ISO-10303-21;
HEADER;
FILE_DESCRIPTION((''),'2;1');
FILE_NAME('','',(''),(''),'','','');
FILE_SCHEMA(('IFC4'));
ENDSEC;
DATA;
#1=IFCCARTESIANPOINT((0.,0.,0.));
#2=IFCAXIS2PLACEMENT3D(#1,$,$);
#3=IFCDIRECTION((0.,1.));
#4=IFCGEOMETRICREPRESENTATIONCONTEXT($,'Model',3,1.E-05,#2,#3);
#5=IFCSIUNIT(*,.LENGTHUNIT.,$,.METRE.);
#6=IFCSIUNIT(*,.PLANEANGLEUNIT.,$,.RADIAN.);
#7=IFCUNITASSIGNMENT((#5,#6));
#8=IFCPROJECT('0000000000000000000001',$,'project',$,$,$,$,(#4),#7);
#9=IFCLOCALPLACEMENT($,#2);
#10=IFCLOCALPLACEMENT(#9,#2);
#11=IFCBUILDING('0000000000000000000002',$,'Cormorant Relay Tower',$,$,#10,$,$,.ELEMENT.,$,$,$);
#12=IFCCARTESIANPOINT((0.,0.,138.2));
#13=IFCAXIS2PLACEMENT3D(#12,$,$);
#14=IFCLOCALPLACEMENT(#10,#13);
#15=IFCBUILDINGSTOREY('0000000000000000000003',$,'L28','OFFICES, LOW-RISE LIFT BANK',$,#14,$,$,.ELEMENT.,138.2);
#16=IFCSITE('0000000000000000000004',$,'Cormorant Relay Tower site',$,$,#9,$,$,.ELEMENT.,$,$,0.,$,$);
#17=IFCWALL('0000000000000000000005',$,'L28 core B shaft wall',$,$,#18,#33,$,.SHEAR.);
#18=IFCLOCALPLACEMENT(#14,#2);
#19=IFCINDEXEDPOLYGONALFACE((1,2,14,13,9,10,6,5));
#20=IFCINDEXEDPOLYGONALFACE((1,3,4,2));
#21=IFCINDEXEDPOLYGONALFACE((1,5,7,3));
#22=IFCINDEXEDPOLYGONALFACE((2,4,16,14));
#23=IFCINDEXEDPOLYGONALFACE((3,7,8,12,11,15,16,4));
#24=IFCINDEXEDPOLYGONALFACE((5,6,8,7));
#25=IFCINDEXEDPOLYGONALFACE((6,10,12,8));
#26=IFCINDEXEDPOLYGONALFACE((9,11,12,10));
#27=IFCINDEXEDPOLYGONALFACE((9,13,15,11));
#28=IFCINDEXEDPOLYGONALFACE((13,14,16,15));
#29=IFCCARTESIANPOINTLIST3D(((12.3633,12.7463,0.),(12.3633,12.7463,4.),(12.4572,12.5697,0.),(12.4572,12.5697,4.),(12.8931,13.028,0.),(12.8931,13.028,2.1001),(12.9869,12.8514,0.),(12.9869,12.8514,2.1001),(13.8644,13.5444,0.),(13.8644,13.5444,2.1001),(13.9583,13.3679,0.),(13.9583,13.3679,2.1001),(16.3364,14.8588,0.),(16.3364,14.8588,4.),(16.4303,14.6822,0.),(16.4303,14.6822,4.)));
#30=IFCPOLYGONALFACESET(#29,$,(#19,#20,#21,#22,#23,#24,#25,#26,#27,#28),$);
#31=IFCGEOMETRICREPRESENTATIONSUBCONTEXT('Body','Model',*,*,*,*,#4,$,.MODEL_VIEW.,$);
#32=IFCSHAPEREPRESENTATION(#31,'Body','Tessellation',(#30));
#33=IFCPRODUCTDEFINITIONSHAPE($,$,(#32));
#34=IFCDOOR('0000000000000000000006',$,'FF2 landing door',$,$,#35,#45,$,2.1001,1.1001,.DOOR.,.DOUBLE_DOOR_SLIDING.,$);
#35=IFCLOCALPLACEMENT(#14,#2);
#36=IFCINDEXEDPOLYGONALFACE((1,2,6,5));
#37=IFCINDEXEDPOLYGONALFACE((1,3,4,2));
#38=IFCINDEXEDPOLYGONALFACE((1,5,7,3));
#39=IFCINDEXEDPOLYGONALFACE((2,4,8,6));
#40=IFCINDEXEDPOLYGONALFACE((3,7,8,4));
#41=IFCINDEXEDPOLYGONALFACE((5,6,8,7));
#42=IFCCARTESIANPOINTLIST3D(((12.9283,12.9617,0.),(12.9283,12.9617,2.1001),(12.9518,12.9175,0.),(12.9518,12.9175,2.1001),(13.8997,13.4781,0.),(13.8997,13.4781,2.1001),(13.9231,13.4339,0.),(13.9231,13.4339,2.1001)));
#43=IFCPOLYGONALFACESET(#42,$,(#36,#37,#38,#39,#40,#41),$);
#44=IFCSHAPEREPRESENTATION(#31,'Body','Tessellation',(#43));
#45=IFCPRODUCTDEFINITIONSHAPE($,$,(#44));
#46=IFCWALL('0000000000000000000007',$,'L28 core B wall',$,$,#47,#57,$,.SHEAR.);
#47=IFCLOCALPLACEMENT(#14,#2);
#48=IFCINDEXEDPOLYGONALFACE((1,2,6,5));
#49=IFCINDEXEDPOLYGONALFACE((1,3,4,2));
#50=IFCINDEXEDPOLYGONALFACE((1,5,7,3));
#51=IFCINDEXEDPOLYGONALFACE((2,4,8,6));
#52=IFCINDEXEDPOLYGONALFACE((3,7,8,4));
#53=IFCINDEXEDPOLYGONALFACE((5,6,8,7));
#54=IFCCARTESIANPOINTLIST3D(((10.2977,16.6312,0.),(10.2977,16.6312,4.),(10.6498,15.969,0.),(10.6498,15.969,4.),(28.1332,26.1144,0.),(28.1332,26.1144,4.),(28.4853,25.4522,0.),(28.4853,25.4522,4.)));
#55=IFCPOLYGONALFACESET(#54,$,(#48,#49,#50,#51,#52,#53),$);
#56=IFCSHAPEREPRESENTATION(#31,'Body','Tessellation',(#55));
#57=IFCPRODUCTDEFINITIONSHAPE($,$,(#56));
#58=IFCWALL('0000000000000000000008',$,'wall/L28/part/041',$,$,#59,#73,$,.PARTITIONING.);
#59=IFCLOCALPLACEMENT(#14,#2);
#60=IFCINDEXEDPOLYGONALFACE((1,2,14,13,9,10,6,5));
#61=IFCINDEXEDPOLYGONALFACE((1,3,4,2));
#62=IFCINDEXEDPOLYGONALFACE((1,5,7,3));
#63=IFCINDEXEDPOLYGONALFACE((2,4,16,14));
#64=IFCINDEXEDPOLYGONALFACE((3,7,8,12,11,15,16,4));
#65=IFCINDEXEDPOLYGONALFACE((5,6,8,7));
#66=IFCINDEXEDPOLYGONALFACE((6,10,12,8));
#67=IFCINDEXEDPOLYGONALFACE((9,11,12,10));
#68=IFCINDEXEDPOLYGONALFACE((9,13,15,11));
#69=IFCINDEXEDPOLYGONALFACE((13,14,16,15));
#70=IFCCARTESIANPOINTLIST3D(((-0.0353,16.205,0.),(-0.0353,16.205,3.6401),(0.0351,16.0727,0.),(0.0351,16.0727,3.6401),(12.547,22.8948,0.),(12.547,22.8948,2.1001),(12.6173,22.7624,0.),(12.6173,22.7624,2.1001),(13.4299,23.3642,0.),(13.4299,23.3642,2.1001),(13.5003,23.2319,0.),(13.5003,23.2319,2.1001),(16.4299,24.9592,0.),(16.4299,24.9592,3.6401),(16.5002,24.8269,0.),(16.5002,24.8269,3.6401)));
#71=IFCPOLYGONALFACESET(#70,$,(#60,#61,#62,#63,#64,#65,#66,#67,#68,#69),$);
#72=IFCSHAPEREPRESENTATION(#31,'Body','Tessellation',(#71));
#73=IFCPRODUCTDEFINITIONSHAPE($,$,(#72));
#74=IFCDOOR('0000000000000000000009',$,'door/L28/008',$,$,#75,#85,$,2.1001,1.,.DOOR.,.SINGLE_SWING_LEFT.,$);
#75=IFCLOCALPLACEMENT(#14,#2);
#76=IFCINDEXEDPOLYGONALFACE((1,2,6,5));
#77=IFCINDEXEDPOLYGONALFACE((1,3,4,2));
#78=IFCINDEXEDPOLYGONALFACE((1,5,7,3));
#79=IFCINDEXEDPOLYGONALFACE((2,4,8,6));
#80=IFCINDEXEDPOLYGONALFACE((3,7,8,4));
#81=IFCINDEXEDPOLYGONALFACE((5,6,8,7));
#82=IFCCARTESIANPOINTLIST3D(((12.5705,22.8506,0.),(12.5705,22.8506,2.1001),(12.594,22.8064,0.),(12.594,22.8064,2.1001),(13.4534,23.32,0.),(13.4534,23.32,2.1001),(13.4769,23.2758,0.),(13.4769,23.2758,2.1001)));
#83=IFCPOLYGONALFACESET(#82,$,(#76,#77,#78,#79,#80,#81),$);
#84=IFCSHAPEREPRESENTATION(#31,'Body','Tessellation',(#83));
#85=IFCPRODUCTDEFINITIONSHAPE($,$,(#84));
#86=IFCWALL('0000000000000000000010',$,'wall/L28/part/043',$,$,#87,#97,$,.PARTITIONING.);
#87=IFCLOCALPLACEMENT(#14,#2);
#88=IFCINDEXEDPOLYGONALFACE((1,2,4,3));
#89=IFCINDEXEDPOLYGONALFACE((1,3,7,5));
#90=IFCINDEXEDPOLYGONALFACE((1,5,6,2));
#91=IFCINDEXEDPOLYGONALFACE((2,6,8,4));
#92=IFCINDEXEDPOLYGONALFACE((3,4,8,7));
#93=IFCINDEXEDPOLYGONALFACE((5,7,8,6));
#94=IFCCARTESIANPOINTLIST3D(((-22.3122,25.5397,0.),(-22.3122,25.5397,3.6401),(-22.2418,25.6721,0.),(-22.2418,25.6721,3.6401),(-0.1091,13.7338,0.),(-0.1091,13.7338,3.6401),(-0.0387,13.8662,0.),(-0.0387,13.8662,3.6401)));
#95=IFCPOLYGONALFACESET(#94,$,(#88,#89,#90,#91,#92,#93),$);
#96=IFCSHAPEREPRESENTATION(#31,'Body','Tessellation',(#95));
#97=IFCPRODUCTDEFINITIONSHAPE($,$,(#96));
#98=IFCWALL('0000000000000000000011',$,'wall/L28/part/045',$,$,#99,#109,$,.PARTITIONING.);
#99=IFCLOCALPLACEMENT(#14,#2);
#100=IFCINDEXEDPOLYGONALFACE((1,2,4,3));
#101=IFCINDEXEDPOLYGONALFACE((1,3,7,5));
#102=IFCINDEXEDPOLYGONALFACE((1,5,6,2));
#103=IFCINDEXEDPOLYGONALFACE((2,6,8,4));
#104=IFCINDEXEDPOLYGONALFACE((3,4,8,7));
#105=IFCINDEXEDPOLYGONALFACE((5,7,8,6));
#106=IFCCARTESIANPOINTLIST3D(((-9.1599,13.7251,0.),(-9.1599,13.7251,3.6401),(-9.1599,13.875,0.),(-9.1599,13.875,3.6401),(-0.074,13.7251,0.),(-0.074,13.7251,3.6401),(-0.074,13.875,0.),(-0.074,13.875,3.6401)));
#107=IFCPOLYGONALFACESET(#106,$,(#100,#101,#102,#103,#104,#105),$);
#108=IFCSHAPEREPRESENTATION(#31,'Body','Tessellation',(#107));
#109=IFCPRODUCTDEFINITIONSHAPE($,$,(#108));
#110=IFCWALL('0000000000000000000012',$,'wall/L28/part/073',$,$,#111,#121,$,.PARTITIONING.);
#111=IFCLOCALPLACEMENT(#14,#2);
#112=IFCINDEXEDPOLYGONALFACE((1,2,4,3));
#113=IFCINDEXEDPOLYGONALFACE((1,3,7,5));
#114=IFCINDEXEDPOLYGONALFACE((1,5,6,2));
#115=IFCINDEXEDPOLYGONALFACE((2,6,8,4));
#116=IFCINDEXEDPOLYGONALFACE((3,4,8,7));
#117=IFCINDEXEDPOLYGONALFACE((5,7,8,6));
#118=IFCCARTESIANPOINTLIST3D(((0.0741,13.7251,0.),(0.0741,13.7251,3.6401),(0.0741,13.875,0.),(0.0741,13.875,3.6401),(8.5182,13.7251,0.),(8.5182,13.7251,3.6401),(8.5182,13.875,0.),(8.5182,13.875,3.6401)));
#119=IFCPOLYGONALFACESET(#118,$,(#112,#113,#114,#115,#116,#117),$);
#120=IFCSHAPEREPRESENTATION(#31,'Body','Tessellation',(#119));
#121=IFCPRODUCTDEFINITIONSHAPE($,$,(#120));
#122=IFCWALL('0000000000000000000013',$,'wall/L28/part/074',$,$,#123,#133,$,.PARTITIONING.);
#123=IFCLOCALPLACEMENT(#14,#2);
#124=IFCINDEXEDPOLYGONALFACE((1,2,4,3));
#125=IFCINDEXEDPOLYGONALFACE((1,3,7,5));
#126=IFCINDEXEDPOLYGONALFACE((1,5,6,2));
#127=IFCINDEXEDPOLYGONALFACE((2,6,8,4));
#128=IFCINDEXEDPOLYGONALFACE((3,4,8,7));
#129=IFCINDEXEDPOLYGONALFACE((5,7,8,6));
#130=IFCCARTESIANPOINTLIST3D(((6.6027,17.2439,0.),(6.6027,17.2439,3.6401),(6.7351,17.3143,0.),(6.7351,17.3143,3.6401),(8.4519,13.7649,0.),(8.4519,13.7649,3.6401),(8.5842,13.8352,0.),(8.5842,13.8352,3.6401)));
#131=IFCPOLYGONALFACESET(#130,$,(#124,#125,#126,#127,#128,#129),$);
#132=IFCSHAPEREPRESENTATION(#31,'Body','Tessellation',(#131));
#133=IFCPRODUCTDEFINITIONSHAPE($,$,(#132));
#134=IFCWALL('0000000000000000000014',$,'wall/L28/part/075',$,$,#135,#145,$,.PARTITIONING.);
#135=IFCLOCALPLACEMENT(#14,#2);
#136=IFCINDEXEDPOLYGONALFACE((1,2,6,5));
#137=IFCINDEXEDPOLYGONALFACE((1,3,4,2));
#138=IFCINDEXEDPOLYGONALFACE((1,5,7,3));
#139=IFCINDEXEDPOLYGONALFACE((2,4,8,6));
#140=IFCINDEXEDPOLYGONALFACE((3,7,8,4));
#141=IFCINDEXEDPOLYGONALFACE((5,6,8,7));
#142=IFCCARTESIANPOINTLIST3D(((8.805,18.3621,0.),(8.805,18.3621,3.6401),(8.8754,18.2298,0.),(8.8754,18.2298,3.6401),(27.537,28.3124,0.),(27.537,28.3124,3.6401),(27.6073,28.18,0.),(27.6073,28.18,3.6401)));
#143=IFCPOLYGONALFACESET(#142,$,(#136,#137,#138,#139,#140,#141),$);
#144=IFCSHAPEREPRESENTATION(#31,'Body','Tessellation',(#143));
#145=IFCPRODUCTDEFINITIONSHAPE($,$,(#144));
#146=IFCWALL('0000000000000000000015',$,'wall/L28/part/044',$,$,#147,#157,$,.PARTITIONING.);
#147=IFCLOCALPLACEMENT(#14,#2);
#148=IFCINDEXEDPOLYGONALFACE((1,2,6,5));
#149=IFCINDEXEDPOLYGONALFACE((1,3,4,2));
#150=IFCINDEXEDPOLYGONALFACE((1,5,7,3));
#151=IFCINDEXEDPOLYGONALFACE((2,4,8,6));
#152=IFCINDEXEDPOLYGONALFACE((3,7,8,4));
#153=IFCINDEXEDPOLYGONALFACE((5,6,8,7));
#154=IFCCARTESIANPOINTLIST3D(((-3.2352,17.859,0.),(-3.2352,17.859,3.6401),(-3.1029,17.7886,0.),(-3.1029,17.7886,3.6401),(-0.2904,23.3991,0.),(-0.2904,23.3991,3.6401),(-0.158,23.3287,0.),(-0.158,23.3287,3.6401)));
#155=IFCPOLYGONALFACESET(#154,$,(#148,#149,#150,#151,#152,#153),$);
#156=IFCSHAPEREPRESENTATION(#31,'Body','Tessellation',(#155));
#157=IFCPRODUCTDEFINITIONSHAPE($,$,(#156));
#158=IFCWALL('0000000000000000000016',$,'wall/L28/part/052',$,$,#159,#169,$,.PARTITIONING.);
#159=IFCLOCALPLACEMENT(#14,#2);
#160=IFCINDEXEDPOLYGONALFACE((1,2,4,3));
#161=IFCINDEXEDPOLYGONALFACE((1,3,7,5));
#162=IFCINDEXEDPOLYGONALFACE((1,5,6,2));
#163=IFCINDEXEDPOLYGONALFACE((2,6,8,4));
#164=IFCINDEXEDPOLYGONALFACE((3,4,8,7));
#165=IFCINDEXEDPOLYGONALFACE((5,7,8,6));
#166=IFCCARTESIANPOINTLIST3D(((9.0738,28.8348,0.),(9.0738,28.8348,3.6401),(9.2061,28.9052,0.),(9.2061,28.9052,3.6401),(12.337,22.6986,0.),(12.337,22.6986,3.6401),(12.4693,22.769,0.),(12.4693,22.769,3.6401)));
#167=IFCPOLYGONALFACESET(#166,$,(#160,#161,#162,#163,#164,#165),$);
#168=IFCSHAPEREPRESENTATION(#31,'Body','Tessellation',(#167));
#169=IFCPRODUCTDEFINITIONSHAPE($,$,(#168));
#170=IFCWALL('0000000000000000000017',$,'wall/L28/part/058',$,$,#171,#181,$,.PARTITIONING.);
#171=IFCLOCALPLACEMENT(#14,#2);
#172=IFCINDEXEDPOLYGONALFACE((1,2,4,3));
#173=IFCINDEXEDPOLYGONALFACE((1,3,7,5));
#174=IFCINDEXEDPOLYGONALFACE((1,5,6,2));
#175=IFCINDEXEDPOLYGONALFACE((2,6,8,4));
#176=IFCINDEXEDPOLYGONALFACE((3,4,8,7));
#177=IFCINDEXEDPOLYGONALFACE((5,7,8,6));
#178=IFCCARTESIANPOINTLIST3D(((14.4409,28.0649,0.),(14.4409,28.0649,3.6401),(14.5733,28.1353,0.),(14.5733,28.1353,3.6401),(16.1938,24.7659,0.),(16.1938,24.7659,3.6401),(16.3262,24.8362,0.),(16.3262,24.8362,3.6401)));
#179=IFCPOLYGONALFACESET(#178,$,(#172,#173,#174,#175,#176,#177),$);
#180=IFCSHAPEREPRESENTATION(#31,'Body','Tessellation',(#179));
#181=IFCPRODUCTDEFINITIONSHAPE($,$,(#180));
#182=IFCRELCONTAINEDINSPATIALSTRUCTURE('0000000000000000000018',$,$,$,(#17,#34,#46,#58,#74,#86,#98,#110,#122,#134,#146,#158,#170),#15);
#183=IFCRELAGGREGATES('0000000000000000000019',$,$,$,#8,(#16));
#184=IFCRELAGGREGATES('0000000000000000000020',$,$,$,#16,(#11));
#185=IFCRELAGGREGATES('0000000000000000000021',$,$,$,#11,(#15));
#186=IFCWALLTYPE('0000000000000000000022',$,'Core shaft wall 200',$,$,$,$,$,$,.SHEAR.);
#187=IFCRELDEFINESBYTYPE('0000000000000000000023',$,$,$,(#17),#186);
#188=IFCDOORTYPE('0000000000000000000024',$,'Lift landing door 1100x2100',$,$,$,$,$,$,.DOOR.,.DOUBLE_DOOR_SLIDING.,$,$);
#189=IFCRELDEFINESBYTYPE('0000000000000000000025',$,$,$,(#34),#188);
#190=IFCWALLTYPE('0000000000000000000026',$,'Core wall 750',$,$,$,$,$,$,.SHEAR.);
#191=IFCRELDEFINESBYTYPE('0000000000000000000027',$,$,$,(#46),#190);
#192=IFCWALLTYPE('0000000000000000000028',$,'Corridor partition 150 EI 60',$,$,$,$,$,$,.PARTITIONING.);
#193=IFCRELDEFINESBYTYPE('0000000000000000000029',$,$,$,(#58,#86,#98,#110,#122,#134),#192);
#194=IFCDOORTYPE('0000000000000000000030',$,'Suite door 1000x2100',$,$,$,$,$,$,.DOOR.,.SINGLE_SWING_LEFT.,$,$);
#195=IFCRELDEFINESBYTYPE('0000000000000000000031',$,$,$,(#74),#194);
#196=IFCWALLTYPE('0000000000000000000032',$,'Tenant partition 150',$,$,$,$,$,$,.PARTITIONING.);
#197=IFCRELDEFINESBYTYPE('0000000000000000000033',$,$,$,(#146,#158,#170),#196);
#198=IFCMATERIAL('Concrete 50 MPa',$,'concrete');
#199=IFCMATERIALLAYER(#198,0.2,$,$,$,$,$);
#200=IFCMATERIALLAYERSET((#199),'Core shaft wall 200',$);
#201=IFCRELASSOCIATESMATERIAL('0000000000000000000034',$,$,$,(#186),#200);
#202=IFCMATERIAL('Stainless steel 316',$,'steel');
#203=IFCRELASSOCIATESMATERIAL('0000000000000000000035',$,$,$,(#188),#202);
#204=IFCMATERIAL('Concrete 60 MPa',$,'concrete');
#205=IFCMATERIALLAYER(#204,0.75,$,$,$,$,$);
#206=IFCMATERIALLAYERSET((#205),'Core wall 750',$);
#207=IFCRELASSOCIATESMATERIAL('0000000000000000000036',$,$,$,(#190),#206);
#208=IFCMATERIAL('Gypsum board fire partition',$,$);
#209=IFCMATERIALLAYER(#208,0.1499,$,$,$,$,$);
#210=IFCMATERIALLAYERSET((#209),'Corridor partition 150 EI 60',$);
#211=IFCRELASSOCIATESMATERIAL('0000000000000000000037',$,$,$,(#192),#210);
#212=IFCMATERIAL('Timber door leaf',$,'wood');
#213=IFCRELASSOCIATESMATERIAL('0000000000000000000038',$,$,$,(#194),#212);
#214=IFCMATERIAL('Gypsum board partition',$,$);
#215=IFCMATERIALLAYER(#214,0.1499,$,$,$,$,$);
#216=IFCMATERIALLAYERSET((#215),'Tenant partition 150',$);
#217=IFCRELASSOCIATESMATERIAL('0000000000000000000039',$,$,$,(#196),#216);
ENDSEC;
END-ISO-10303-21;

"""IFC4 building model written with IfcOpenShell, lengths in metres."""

from ifc_helpers import new_model, si_unit, direction, frame, frame_2d, origin, place, context, subcontext, project, spatial, rectangle, extrude, material, layer, layer_set, type_object, element, fill, save


model = new_model("IFC4")

# Units and contexts
model_context = context("Model", 3, precision=1e-05, world=origin(), true_north=direction((0.0, 1.0)))
body_context = subcontext(model_context, "Body", "Model", "MODEL_VIEW")
ifc_project = project(units=[si_unit("LENGTHUNIT", "METRE"), si_unit("PLANEANGLEUNIT", "RADIAN")], contexts=[model_context])

# Site, building, storey
site_placement = place(None, origin())
site = spatial("IfcSite", under=ifc_project, at=site_placement, Name="Cormorant Relay Tower site", CompositionType="ELEMENT", RefElevation=0.0)
building_placement = place(site_placement, origin())
building = spatial("IfcBuilding", under=site, at=building_placement, Name="Cormorant Relay Tower", CompositionType="ELEMENT")
storey_placement = place(building_placement, frame((0.0, 0.0, 138.2)))
storey = spatial("IfcBuildingStorey", under=building, at=storey_placement, Name="L28", Description="OFFICES, LOW-RISE LIFT BANK", CompositionType="ELEMENT", Elevation=138.2)

# Shared definitions
ifc_material_1 = material(Name="Concrete 50 MPa", Category="concrete")
ifc_layer_1 = layer(ifc_material_1, 0.2)
ifc_layer_set_1 = layer_set([ifc_layer_1], Name="Core shaft wall 200")
wall_type_1 = type_object("IfcWallType", Name="Core shaft wall 200", PredefinedType="SHEAR", material=ifc_layer_set_1)

# Wall, opening, door
wall_1_placement = place(storey_placement, frame((12.4102, 12.658, 0.0), z_axis=(0.0, 0.0, 1.0), x_axis=(0.882948, 0.46947, 0.0)))
wall_1 = element("IfcWall", 1, at=wall_1_placement, inside=storey, type_object=wall_type_1, Name="L28 core B shaft wall", PredefinedType="SHEAR", context=body_context, shape_type="SweptSolid", body=[
    extrude(rectangle(XDim=4.4998, YDim=0.2, at=frame_2d((2.25, 0.0))), origin(), (0.0, 0.0, 1.0), 4.0),
])
opening_1_placement = place(wall_1_placement, frame((0.6001, 0.0, 0.0)))
opening_1 = element("IfcOpeningElement", 2, at=opening_1_placement, cuts=wall_1, PredefinedType="OPENING", context=body_context, shape_type="SweptSolid", body=[
    extrude(rectangle(XDim=1.1001, YDim=2.1001, at=frame_2d((0.55, 1.05))), frame((0.0, 0.1099, 0.0), z_axis=(0.0, -1.0, 0.0), x_axis=(1.0, 0.0, 0.0)), (0.0, 0.0, 1.0), 0.22),
])
ifc_material_2 = material(Name="Stainless steel 316", Category="steel")
door_type_1 = type_object("IfcDoorType", Name="Lift landing door 1100x2100", OperationType="DOUBLE_DOOR_SLIDING", PredefinedType="DOOR", material=ifc_material_2)
door_1_placement = place(opening_1_placement, origin())
door_1 = element("IfcDoor", 3, at=door_1_placement, inside=storey, type_object=door_type_1, Name="FF2 landing door", OperationType="DOUBLE_DOOR_SLIDING", OverallHeight=2.1001, OverallWidth=1.1001, PredefinedType="DOOR", context=body_context, shape_type="SweptSolid", body=[
    extrude(rectangle(XDim=1.1001, YDim=2.1001, at=frame_2d((0.55, 1.05))), frame((0.0, 0.0249, 0.0), z_axis=(0.0, -1.0, 0.0), x_axis=(1.0, 0.0, 0.0)), (0.0, 0.0, 1.0), 0.05),
])
fill(opening_1, door_1)

# Wall
ifc_material_3 = material(Name="Concrete 60 MPa", Category="concrete")
ifc_layer_2 = layer(ifc_material_3, 0.75)
ifc_layer_set_2 = layer_set([ifc_layer_2], Name="Core wall 750")
wall_type_2 = type_object("IfcWallType", Name="Core wall 750", PredefinedType="SHEAR", material=ifc_layer_set_2)
wall_2_placement = place(storey_placement, frame((10.4736, 16.3, 0.0), z_axis=(0.0, 0.0, 1.0), x_axis=(0.88295, 0.469467, 0.0)))
element("IfcWall", 4, at=wall_2_placement, inside=storey, type_object=wall_type_2, Name="L28 core B wall", PredefinedType="SHEAR", context=body_context, shape_type="SweptSolid", body=[
    extrude(rectangle(XDim=20.2, YDim=0.75, at=frame_2d((10.1001, 0.0))), origin(), (0.0, 0.0, 1.0), 4.0),
])

# Wall, opening, door
ifc_material_4 = material(Name="Gypsum board fire partition")
ifc_layer_3 = layer(ifc_material_4, 0.1499)
ifc_layer_set_3 = layer_set([ifc_layer_3], Name="Corridor partition 150 EI 60")
wall_type_3 = type_object("IfcWallType", Name="Corridor partition 150 EI 60", PredefinedType="PARTITIONING", material=ifc_layer_set_3)
wall_3_placement = place(storey_placement, frame((0.0, 16.1389, 0.0), z_axis=(0.0, 0.0, 1.0), x_axis=(0.882959, 0.469451, 0.0)))
wall_3 = element("IfcWall", 5, at=wall_3_placement, inside=storey, type_object=wall_type_3, Name="wall/L28/part/041", PredefinedType="PARTITIONING", context=body_context, shape_type="SweptSolid", body=[
    extrude(rectangle(XDim=18.6477, YDim=0.1499, at=frame_2d((9.3237, 0.0))), origin(), (0.0, 0.0, 1.0), 3.6401),
])
opening_2_placement = place(wall_3_placement, frame((14.25, 0.0, 0.0)))
opening_2 = element("IfcOpeningElement", 6, at=opening_2_placement, cuts=wall_3, PredefinedType="OPENING", context=body_context, shape_type="SweptSolid", body=[
    extrude(rectangle(XDim=1.0, YDim=2.1001, at=frame_2d((0.5, 1.05))), frame((0.0, 0.085, 0.0), z_axis=(0.0, -1.0, 0.0), x_axis=(1.0, 0.0, 0.0)), (0.0, 0.0, 1.0), 0.1699),
])
ifc_material_5 = material(Name="Timber door leaf", Category="wood")
door_type_2 = type_object("IfcDoorType", Name="Suite door 1000x2100", OperationType="SINGLE_SWING_LEFT", PredefinedType="DOOR", material=ifc_material_5)
door_2_placement = place(opening_2_placement, origin())
door_2 = element("IfcDoor", 7, at=door_2_placement, inside=storey, type_object=door_type_2, Name="door/L28/008", OperationType="SINGLE_SWING_LEFT", OverallHeight=2.1001, OverallWidth=1.0, PredefinedType="DOOR", context=body_context, shape_type="SweptSolid", body=[
    extrude(rectangle(XDim=1.0, YDim=2.1001, at=frame_2d((0.5, 1.05))), frame((0.0, 0.0249, 0.0), z_axis=(0.0, -1.0, 0.0), x_axis=(1.0, 0.0, 0.0)), (0.0, 0.0, 1.0), 0.05),
])
fill(opening_2, door_2)

# Walls
wall_4_placement = place(storey_placement, frame((-0.074, 13.8, 0.0), z_axis=(0.0, 0.0, 1.0), x_axis=(-0.882943, 0.469481, 0.0)))
element("IfcWall", 8, at=wall_4_placement, inside=storey, type_object=wall_type_3, Name="wall/L28/part/043", PredefinedType="PARTITIONING", context=body_context, shape_type="SweptSolid", body=[
    extrude(rectangle(XDim=25.1467, YDim=0.1499, at=frame_2d((12.5732, 0.0))), origin(), (0.0, 0.0, 1.0), 3.6401),
])
wall_5_placement = place(storey_placement, frame((-0.074, 13.8, 0.0), z_axis=(0.0, 0.0, 1.0), x_axis=(-1.0, 0.0, 0.0)))
element("IfcWall", 9, at=wall_5_placement, inside=storey, type_object=wall_type_3, Name="wall/L28/part/045", PredefinedType="PARTITIONING", context=body_context, shape_type="SweptSolid", body=[
    extrude(rectangle(XDim=9.0859, YDim=0.1499, at=frame_2d((4.543, 0.0))), origin(), (0.0, 0.0, 1.0), 3.6401),
])
wall_6_placement = place(storey_placement, frame((0.074, 13.8, 0.0), z_axis=(0.0, 0.0, 1.0), x_axis=(1.0, 0.0, 0.0)))
element("IfcWall", 10, at=wall_6_placement, inside=storey, type_object=wall_type_3, Name="wall/L28/part/073", PredefinedType="PARTITIONING", context=body_context, shape_type="SweptSolid", body=[
    extrude(rectangle(XDim=8.4441, YDim=0.1499, at=frame_2d((4.2222, 0.0))), origin(), (0.0, 0.0, 1.0), 3.6401),
])
wall_7_placement = place(storey_placement, frame((8.5181, 13.8, 0.0), z_axis=(0.0, 0.0, 1.0), x_axis=(-0.469333, 0.883021, 0.0)))
element("IfcWall", 11, at=wall_7_placement, inside=storey, type_object=wall_type_3, Name="wall/L28/part/074", PredefinedType="PARTITIONING", context=body_context, shape_type="SweptSolid", body=[
    extrude(rectangle(XDim=3.9399, YDim=0.1499, at=frame_2d((1.97, 0.0))), origin(), (0.0, 0.0, 1.0), 3.6401),
])
wall_8_placement = place(storey_placement, frame((8.8401, 18.2959, 0.0), z_axis=(0.0, 0.0, 1.0), x_axis=(0.883138, 0.469113, 0.0)))
element("IfcWall", 12, at=wall_8_placement, inside=storey, type_object=wall_type_3, Name="wall/L28/part/075", PredefinedType="PARTITIONING", context=body_context, shape_type="SweptSolid", body=[
    extrude(rectangle(XDim=21.2107, YDim=0.1499, at=frame_2d((10.6055, 0.0))), origin(), (0.0, 0.0, 1.0), 3.6401),
])
ifc_material_6 = material(Name="Gypsum board partition")
ifc_layer_4 = layer(ifc_material_6, 0.1499)
ifc_layer_set_4 = layer_set([ifc_layer_4], Name="Tenant partition 150")
wall_type_4 = type_object("IfcWallType", Name="Tenant partition 150", PredefinedType="PARTITIONING", material=ifc_layer_set_4)
wall_9_placement = place(storey_placement, frame((-0.2241, 23.364, 0.0), z_axis=(0.0, 0.0, 1.0), x_axis=(-0.469364, -0.883005, 0.0)))
element("IfcWall", 13, at=wall_9_placement, inside=storey, type_object=wall_type_4, Name="wall/L28/part/044", PredefinedType="PARTITIONING", context=body_context, shape_type="SweptSolid", body=[
    extrude(rectangle(XDim=6.2742, YDim=0.1499, at=frame_2d((3.1372, 0.0))), origin(), (0.0, 0.0, 1.0), 3.6401),
])
wall_10_placement = place(storey_placement, frame((9.1399, 28.8701, 0.0), z_axis=(0.0, 0.0, 1.0), x_axis=(0.469527, -0.882918, 0.0)))
element("IfcWall", 14, at=wall_10_placement, inside=storey, type_object=wall_type_4, Name="wall/L28/part/052", PredefinedType="PARTITIONING", context=body_context, shape_type="SweptSolid", body=[
    extrude(rectangle(XDim=6.95, YDim=0.1499, at=frame_2d((3.4751, 0.0))), origin(), (0.0, 0.0, 1.0), 3.6401),
])
wall_11_placement = place(storey_placement, frame((14.5071, 28.1001, 0.0), z_axis=(0.0, 0.0, 1.0), x_axis=(0.469217, -0.883083, 0.0)))
element("IfcWall", 15, at=wall_11_placement, inside=storey, type_object=wall_type_4, Name="wall/L28/part/058", PredefinedType="PARTITIONING", context=body_context, shape_type="SweptSolid", body=[
    extrude(rectangle(XDim=3.7358, YDim=0.1499, at=frame_2d((1.8679, 0.0))), origin(), (0.0, 0.0, 1.0), 3.6401),
])

save(model, "model.ifc")
